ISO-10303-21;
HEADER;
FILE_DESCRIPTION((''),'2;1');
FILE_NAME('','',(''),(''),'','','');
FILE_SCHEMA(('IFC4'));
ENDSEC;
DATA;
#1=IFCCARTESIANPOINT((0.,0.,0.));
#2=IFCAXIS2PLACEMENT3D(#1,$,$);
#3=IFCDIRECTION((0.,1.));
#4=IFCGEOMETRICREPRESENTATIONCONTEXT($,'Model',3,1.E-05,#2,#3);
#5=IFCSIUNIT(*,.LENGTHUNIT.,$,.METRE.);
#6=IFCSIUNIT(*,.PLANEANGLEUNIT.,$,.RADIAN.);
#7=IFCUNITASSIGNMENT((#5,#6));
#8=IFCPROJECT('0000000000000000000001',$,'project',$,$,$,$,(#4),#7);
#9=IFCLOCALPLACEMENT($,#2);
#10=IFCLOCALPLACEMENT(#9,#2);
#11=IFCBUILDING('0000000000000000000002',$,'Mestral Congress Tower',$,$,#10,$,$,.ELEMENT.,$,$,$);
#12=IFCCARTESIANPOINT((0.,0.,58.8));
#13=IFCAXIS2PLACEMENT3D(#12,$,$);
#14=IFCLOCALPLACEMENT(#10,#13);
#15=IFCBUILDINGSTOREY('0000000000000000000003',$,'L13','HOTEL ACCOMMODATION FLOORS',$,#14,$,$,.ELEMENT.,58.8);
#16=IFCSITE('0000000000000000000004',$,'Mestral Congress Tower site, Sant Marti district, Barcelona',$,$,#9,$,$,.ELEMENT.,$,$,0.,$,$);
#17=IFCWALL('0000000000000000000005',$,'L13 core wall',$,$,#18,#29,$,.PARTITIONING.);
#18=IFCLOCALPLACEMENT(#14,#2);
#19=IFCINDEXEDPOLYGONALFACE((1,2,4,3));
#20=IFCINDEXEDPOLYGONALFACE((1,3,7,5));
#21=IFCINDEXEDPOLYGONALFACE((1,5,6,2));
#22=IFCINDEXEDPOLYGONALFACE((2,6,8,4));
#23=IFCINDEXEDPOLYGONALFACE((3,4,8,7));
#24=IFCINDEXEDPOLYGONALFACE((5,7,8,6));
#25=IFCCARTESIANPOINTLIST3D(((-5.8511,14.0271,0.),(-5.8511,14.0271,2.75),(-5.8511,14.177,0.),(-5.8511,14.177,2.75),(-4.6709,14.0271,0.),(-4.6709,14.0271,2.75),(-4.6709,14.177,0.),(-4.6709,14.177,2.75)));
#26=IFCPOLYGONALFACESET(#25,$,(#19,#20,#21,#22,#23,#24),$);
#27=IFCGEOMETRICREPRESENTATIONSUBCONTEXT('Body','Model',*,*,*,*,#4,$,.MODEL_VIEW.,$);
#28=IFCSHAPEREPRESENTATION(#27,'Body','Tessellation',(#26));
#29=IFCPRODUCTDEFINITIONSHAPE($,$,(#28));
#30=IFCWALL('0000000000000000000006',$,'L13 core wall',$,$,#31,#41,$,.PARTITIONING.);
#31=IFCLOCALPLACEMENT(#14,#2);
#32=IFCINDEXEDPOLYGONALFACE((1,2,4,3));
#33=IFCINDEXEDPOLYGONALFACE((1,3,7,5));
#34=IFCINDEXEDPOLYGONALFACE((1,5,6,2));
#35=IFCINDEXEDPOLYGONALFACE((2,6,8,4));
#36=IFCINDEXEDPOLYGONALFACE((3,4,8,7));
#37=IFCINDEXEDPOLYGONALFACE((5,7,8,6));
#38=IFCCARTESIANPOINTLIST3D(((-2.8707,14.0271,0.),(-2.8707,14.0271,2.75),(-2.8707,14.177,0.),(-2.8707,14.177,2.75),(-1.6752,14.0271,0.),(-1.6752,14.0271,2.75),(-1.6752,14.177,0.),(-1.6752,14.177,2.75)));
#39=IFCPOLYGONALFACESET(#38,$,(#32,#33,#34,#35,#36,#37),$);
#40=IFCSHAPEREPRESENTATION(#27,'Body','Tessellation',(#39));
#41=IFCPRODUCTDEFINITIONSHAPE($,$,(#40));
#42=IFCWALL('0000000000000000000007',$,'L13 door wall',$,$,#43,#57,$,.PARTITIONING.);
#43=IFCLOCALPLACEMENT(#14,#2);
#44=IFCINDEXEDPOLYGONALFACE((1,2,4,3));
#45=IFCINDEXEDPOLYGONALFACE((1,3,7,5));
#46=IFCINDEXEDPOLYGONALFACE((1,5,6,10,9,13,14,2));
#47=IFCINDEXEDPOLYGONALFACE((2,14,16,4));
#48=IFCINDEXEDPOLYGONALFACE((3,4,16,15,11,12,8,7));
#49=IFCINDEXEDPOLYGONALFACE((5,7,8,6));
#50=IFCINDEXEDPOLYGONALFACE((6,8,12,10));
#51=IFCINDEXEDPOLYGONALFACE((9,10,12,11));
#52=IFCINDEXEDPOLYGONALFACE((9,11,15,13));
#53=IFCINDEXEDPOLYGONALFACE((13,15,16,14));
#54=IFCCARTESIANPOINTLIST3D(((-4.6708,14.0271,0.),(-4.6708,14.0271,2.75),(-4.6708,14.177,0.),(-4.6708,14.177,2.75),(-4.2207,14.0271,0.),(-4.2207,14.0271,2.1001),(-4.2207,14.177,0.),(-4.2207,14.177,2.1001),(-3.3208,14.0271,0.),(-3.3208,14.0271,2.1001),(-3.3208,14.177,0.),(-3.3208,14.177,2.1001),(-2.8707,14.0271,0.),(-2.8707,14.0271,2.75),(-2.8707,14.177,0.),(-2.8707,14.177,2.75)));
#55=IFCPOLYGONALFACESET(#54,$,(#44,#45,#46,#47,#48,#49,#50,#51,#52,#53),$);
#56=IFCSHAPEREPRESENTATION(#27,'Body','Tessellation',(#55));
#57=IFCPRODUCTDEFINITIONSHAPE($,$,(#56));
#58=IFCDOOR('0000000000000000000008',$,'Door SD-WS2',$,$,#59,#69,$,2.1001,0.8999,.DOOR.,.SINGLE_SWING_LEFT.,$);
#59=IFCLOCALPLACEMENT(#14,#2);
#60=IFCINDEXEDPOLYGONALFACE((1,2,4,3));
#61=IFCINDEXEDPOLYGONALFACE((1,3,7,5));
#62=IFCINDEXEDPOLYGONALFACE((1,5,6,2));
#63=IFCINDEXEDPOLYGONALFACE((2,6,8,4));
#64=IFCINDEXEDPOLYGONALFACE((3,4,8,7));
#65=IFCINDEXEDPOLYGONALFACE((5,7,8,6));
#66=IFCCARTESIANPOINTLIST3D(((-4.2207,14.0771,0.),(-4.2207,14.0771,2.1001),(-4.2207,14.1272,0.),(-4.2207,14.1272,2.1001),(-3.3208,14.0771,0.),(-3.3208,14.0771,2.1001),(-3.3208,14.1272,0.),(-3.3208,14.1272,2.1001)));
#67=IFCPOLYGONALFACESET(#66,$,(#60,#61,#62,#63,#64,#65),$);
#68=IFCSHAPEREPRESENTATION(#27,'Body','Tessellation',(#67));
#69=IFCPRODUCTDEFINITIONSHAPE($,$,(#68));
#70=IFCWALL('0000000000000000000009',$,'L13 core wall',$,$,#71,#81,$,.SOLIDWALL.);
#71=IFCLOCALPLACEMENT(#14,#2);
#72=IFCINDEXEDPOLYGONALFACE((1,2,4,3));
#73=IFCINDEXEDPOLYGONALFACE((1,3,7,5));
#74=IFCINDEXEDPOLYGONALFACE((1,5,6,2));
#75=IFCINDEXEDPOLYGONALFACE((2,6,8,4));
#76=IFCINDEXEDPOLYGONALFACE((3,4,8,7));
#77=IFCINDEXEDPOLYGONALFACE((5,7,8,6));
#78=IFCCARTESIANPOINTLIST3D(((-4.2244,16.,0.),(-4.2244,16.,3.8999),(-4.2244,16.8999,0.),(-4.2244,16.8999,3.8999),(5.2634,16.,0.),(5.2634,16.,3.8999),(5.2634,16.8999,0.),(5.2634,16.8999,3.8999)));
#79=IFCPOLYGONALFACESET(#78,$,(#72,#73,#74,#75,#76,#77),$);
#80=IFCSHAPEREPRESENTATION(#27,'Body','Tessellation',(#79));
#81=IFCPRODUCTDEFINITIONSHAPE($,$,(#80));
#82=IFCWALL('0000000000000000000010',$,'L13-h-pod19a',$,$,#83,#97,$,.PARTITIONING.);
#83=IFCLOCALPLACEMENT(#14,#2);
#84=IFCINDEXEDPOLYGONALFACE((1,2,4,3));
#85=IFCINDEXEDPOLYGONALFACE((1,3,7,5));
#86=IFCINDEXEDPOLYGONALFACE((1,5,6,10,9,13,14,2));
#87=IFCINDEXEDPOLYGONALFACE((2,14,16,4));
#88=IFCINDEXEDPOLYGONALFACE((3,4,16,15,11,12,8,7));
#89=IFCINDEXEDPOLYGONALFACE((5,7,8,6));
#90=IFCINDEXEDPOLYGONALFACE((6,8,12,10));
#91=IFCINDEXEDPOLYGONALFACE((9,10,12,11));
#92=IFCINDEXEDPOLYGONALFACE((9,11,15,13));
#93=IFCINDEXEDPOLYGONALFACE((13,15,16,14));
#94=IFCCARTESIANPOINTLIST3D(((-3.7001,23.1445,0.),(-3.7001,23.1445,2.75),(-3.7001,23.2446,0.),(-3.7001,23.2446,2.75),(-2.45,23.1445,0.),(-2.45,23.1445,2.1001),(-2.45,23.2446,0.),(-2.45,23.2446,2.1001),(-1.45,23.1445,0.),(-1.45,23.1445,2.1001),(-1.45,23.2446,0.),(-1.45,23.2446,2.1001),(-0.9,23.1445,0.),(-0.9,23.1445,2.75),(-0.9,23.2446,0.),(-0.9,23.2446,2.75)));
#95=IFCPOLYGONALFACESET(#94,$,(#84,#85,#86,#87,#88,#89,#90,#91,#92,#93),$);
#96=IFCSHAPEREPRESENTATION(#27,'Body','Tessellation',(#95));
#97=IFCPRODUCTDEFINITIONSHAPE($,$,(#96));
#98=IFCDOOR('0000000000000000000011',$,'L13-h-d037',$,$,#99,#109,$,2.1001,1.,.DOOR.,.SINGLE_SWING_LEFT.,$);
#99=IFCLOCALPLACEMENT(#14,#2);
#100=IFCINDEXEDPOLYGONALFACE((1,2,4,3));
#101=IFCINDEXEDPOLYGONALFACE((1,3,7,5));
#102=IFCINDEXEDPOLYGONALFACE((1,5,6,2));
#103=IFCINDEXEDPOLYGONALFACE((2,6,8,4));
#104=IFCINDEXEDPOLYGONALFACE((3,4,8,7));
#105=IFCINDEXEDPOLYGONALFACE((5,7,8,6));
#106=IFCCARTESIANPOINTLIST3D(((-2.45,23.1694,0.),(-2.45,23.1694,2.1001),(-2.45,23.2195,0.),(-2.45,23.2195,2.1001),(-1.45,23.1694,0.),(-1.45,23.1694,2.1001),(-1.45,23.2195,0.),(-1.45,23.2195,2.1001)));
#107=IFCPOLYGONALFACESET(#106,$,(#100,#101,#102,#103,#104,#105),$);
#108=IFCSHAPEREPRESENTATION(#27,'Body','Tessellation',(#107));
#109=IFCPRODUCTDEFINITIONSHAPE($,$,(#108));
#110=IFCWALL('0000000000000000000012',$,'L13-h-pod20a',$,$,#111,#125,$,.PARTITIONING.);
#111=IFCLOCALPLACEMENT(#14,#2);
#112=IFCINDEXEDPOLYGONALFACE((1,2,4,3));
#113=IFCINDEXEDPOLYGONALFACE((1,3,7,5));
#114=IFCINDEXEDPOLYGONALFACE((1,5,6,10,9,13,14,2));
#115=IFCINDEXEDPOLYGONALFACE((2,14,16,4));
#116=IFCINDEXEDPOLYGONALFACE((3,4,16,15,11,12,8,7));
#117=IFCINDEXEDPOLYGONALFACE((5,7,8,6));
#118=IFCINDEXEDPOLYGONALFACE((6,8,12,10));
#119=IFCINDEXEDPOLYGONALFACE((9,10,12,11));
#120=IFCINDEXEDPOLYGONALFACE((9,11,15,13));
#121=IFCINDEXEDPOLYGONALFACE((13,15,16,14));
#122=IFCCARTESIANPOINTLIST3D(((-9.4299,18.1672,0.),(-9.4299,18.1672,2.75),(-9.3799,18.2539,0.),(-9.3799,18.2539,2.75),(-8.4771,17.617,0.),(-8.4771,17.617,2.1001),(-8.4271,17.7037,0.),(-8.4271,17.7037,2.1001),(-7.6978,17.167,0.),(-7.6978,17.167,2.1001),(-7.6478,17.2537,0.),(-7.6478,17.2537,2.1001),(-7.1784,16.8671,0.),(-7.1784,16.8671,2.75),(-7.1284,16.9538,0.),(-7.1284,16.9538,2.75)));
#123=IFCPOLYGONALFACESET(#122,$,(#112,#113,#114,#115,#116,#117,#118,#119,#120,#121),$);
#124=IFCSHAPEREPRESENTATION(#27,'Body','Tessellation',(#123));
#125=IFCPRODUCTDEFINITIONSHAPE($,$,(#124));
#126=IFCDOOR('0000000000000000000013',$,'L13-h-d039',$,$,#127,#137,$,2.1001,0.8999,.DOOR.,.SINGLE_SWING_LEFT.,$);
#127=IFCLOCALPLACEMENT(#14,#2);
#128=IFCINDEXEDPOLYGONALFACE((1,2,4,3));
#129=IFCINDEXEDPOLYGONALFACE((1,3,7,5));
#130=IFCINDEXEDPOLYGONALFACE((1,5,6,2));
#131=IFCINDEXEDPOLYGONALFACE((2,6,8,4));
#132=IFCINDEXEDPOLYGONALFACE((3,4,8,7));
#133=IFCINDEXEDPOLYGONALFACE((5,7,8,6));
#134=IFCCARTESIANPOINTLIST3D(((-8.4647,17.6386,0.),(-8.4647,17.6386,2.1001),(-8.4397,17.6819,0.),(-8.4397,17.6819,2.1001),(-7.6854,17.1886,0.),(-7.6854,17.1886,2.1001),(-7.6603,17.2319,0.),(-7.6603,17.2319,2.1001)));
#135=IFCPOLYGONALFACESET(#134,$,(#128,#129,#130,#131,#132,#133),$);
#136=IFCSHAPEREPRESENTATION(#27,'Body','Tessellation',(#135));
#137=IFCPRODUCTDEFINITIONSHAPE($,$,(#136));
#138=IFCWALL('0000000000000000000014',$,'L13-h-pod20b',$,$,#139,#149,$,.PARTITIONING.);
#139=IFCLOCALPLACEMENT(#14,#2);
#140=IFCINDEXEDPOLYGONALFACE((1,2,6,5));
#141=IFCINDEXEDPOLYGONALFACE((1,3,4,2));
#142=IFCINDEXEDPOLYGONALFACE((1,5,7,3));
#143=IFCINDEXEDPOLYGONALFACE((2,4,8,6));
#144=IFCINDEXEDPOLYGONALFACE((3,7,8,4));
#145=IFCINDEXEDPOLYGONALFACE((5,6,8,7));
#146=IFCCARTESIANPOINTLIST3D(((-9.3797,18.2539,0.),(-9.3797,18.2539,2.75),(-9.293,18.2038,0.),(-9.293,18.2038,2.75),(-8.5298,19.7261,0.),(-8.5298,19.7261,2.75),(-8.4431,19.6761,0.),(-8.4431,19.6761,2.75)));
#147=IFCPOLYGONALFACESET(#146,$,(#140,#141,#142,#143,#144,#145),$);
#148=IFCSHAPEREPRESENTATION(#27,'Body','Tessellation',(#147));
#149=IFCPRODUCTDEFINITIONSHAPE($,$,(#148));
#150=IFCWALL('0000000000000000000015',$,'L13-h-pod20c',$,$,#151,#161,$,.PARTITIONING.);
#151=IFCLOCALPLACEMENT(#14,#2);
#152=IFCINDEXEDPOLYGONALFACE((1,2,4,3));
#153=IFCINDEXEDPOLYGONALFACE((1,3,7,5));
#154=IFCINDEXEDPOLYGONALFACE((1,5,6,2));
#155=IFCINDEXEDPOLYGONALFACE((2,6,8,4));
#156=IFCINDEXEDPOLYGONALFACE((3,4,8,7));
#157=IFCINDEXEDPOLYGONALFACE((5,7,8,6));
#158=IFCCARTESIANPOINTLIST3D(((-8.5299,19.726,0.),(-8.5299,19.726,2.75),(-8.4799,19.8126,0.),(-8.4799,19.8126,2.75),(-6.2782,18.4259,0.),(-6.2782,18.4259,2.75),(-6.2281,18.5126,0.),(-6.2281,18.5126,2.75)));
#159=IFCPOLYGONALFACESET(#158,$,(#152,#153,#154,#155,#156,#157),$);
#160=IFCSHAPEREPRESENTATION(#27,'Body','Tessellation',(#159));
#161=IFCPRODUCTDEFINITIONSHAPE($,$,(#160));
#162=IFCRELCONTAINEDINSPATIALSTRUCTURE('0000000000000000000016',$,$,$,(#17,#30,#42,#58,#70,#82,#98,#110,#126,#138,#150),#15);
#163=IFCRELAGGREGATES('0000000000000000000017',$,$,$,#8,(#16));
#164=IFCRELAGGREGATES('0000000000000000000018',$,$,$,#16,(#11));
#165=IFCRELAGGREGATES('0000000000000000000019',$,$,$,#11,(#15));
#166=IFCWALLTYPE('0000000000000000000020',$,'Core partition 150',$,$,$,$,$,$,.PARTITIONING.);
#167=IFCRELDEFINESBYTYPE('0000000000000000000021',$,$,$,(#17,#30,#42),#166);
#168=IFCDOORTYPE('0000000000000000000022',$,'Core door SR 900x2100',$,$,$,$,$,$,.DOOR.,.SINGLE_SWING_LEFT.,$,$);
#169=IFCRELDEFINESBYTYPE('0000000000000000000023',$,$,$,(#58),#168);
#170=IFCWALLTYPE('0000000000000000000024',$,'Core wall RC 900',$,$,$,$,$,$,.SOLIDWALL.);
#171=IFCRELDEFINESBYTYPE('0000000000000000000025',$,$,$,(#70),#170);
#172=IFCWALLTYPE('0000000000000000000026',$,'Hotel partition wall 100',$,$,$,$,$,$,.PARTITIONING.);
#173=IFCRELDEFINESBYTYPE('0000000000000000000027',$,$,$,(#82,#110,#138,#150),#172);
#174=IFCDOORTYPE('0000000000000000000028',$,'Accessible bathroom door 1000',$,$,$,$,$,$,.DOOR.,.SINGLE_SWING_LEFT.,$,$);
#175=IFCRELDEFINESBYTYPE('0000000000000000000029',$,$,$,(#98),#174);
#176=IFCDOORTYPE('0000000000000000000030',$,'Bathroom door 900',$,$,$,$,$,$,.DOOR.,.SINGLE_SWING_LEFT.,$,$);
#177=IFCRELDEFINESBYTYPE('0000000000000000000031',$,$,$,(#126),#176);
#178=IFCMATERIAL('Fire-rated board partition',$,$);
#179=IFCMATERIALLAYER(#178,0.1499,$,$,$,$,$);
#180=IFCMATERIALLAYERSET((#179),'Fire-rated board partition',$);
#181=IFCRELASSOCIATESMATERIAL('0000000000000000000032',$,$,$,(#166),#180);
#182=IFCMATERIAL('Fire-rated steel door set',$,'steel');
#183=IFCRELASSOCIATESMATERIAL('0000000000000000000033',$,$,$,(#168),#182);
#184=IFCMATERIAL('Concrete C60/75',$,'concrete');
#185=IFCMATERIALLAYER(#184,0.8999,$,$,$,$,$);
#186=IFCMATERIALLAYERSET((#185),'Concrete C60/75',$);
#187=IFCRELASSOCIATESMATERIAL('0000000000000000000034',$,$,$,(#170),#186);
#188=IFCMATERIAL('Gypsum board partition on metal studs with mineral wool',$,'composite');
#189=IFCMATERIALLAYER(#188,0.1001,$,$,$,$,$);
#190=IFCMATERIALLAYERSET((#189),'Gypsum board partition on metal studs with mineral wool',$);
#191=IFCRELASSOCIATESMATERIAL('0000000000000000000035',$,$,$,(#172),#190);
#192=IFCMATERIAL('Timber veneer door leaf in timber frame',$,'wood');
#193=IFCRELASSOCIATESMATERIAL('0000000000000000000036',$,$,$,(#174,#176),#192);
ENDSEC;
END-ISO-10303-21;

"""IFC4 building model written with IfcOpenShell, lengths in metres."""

from ifc_helpers import new_model, si_unit, direction, frame, frame_2d, origin, place, context, subcontext, project, spatial, rectangle, extrude, material, layer, layer_set, type_object, element, fill, save


model = new_model("IFC4")

# Units and contexts
model_context = context("Model", 3, precision=1e-05, world=origin(), true_north=direction((0.0, 1.0)))
body_context = subcontext(model_context, "Body", "Model", "MODEL_VIEW")
ifc_project = project(units=[si_unit("LENGTHUNIT", "METRE"), si_unit("PLANEANGLEUNIT", "RADIAN")], contexts=[model_context])

# Site, building, storey
site_placement = place(None, origin())
site = spatial("IfcSite", under=ifc_project, at=site_placement, Name="Mestral Congress Tower site, Sant Marti district, Barcelona", CompositionType="ELEMENT", RefElevation=0.0)
building_placement = place(site_placement, origin())
building = spatial("IfcBuilding", under=site, at=building_placement, Name="Mestral Congress Tower", CompositionType="ELEMENT")
storey_placement = place(building_placement, frame((0.0, 0.0, 58.8)))
storey = spatial("IfcBuildingStorey", under=building, at=storey_placement, Name="L13", Description="HOTEL ACCOMMODATION FLOORS", CompositionType="ELEMENT", Elevation=58.8)

# Walls
ifc_material_1 = material(Name="Fire-rated board partition")
ifc_layer_1 = layer(ifc_material_1, 0.1499)
ifc_layer_set_1 = layer_set([ifc_layer_1], Name="Fire-rated board partition")
wall_type_1 = type_object("IfcWallType", Name="Core partition 150", PredefinedType="PARTITIONING", material=ifc_layer_set_1)
wall_1_placement = place(storey_placement, frame((-5.8511, 14.1021, 0.0), z_axis=(0.0, 0.0, 1.0), x_axis=(1.0, 0.0, 0.0)))
element("IfcWall", 1, at=wall_1_placement, inside=storey, type_object=wall_type_1, Name="L13 core wall", PredefinedType="PARTITIONING", context=body_context, shape_type="SweptSolid", body=[
    extrude(rectangle(XDim=1.1802, YDim=0.1499, at=frame_2d((0.5901, 0.0))), origin(), (0.0, 0.0, 1.0), 2.75),
])
wall_2_placement = place(storey_placement, frame((-2.8706, 14.1021, 0.0), z_axis=(0.0, 0.0, 1.0), x_axis=(1.0, 0.0, 0.0)))
element("IfcWall", 2, at=wall_2_placement, inside=storey, type_object=wall_type_1, Name="L13 core wall", PredefinedType="PARTITIONING", context=body_context, shape_type="SweptSolid", body=[
    extrude(rectangle(XDim=1.1956, YDim=0.1499, at=frame_2d((0.5977, 0.0))), origin(), (0.0, 0.0, 1.0), 2.75),
])

# Wall, opening, door
wall_3_placement = place(storey_placement, frame((-2.8708, 14.1021, 0.0), z_axis=(0.0, 0.0, 1.0), x_axis=(-1.0, 0.0, 0.0)))
wall_3 = element("IfcWall", 3, at=wall_3_placement, inside=storey, type_object=wall_type_1, Name="L13 door wall", PredefinedType="PARTITIONING", context=body_context, shape_type="SweptSolid", body=[
    extrude(rectangle(XDim=1.8, YDim=0.1499, at=frame_2d((0.8999, 0.0))), origin(), (0.0, 0.0, 1.0), 2.75),
])
opening_1_placement = place(wall_3_placement, frame((0.45, 0.0, 0.0)))
opening_1 = element("IfcOpeningElement", 4, at=opening_1_placement, cuts=wall_3, PredefinedType="OPENING", context=body_context, shape_type="SweptSolid", body=[
    extrude(rectangle(XDim=0.8999, YDim=2.1001, at=frame_2d((0.45, 1.05))), frame((0.0, 0.085, 0.0), z_axis=(0.0, -1.0, 0.0), x_axis=(1.0, 0.0, 0.0)), (0.0, 0.0, 1.0), 0.1699),
])
ifc_material_2 = material(Name="Fire-rated steel door set", Category="steel")
door_type_1 = type_object("IfcDoorType", Name="Core door SR 900x2100", OperationType="SINGLE_SWING_LEFT", PredefinedType="DOOR", material=ifc_material_2)
door_1_placement = place(opening_1_placement, origin())
door_1 = element("IfcDoor", 5, at=door_1_placement, inside=storey, type_object=door_type_1, Name="Door SD-WS2", OperationType="SINGLE_SWING_LEFT", OverallHeight=2.1001, OverallWidth=0.8999, PredefinedType="DOOR", context=body_context, shape_type="SweptSolid", body=[
    extrude(rectangle(XDim=0.8999, YDim=2.1001, at=frame_2d((0.45, 1.05))), frame((0.0, 0.0249, 0.0), z_axis=(0.0, -1.0, 0.0), x_axis=(1.0, 0.0, 0.0)), (0.0, 0.0, 1.0), 0.05),
])
fill(opening_1, door_1)

# Wall
ifc_material_3 = material(Name="Concrete C60/75", Category="concrete")
ifc_layer_2 = layer(ifc_material_3, 0.8999)
ifc_layer_set_2 = layer_set([ifc_layer_2], Name="Concrete C60/75")
wall_type_2 = type_object("IfcWallType", Name="Core wall RC 900", PredefinedType="SOLIDWALL", material=ifc_layer_set_2)
wall_4_placement = place(storey_placement, frame((-4.2244, 16.45, 0.0), z_axis=(0.0, 0.0, 1.0), x_axis=(1.0, 0.0, 0.0)))
element("IfcWall", 6, at=wall_4_placement, inside=storey, type_object=wall_type_2, Name="L13 core wall", PredefinedType="SOLIDWALL", context=body_context, shape_type="SweptSolid", body=[
    extrude(rectangle(XDim=9.4878, YDim=0.8999, at=frame_2d((4.7439, 0.0))), origin(), (0.0, 0.0, 1.0), 3.8999),
])

# Walls, openings, doors
ifc_material_4 = material(Name="Gypsum board partition on metal studs with mineral wool", Category="composite")
ifc_layer_3 = layer(ifc_material_4, 0.1001)
ifc_layer_set_3 = layer_set([ifc_layer_3], Name="Gypsum board partition on metal studs with mineral wool")
wall_type_3 = type_object("IfcWallType", Name="Hotel partition wall 100", PredefinedType="PARTITIONING", material=ifc_layer_set_3)
wall_5_placement = place(storey_placement, frame((-3.7, 23.1946, 0.0), z_axis=(0.0, 0.0, 1.0), x_axis=(1.0, 0.0, 0.0)))
wall_5 = element("IfcWall", 7, at=wall_5_placement, inside=storey, type_object=wall_type_3, Name="L13-h-pod19a", PredefinedType="PARTITIONING", context=body_context, shape_type="SweptSolid", body=[
    extrude(rectangle(XDim=2.8, YDim=0.1001, at=frame_2d((1.3999, 0.0))), origin(), (0.0, 0.0, 1.0), 2.75),
])
opening_2_placement = place(wall_5_placement, frame((1.25, 0.0, 0.0)))
opening_2 = element("IfcOpeningElement", 8, at=opening_2_placement, cuts=wall_5, PredefinedType="OPENING", context=body_context, shape_type="SweptSolid", body=[
    extrude(rectangle(XDim=1.0, YDim=2.1001, at=frame_2d((0.5, 1.05))), frame((0.0, 0.0601, 0.0), z_axis=(0.0, -1.0, 0.0), x_axis=(1.0, 0.0, 0.0)), (0.0, 0.0, 1.0), 0.1201),
])
ifc_material_5 = material(Name="Timber veneer door leaf in timber frame", Category="wood")
door_type_2 = type_object("IfcDoorType", Name="Accessible bathroom door 1000", OperationType="SINGLE_SWING_LEFT", PredefinedType="DOOR", material=ifc_material_5)
door_2_placement = place(opening_2_placement, origin())
door_2 = element("IfcDoor", 9, at=door_2_placement, inside=storey, type_object=door_type_2, Name="L13-h-d037", OperationType="SINGLE_SWING_LEFT", OverallHeight=2.1001, OverallWidth=1.0, PredefinedType="DOOR", context=body_context, shape_type="SweptSolid", body=[
    extrude(rectangle(XDim=1.0, YDim=2.1001, at=frame_2d((0.5, 1.05))), frame((0.0, 0.0249, 0.0), z_axis=(0.0, -1.0, 0.0), x_axis=(1.0, 0.0, 0.0)), (0.0, 0.0, 1.0), 0.05),
])
fill(opening_2, door_2)
wall_6_placement = place(storey_placement, frame((-9.4048, 18.2104, 0.0), z_axis=(0.0, 0.0, 1.0), x_axis=(0.865998, -0.500048, 0.0)))
wall_6 = element("IfcWall", 10, at=wall_6_placement, inside=storey, type_object=wall_type_3, Name="L13-h-pod20a", PredefinedType="PARTITIONING", context=body_context, shape_type="SweptSolid", body=[
    extrude(rectangle(XDim=2.5999, YDim=0.1001, at=frame_2d((1.2998, 0.0))), origin(), (0.0, 0.0, 1.0), 2.75),
])
opening_3_placement = place(wall_6_placement, frame((1.1001, 0.0, 0.0)))
opening_3 = element("IfcOpeningElement", 11, at=opening_3_placement, cuts=wall_6, PredefinedType="OPENING", context=body_context, shape_type="SweptSolid", body=[
    extrude(rectangle(XDim=0.8999, YDim=2.1001, at=frame_2d((0.45, 1.05))), frame((0.0, 0.0601, 0.0), z_axis=(0.0, -1.0, 0.0), x_axis=(1.0, 0.0, 0.0)), (0.0, 0.0, 1.0), 0.1201),
])
door_type_3 = type_object("IfcDoorType", Name="Bathroom door 900", OperationType="SINGLE_SWING_LEFT", PredefinedType="DOOR", material=ifc_material_5)
door_3_placement = place(opening_3_placement, origin())
door_3 = element("IfcDoor", 12, at=door_3_placement, inside=storey, type_object=door_type_3, Name="L13-h-d039", OperationType="SINGLE_SWING_LEFT", OverallHeight=2.1001, OverallWidth=0.8999, PredefinedType="DOOR", context=body_context, shape_type="SweptSolid", body=[
    extrude(rectangle(XDim=0.8999, YDim=2.1001, at=frame_2d((0.45, 1.05))), frame((0.0, 0.0249, 0.0), z_axis=(0.0, -1.0, 0.0), x_axis=(1.0, 0.0, 0.0)), (0.0, 0.0, 1.0), 0.05),
])
fill(opening_3, door_3)

# Walls
wall_7_placement = place(storey_placement, frame((-9.3364, 18.2288, 0.0), z_axis=(0.0, 0.0, 1.0), x_axis=(0.499955, 0.866052, 0.0)))
element("IfcWall", 13, at=wall_7_placement, inside=storey, type_object=wall_type_3, Name="L13-h-pod20b", PredefinedType="PARTITIONING", context=body_context, shape_type="SweptSolid", body=[
    extrude(rectangle(XDim=1.7, YDim=0.1001, at=frame_2d((0.8501, 0.0))), origin(), (0.0, 0.0, 1.0), 2.75),
])
wall_8_placement = place(storey_placement, frame((-6.2532, 18.4692, 0.0), z_axis=(0.0, 0.0, 1.0), x_axis=(-0.866021, 0.500007, 0.0)))
element("IfcWall", 14, at=wall_8_placement, inside=storey, type_object=wall_type_3, Name="L13-h-pod20c", PredefinedType="PARTITIONING", context=body_context, shape_type="SweptSolid", body=[
    extrude(rectangle(XDim=2.6001, YDim=0.1001, at=frame_2d((1.3, 0.0))), origin(), (0.0, 0.0, 1.0), 2.75),
])

save(model, "model.ifc")
